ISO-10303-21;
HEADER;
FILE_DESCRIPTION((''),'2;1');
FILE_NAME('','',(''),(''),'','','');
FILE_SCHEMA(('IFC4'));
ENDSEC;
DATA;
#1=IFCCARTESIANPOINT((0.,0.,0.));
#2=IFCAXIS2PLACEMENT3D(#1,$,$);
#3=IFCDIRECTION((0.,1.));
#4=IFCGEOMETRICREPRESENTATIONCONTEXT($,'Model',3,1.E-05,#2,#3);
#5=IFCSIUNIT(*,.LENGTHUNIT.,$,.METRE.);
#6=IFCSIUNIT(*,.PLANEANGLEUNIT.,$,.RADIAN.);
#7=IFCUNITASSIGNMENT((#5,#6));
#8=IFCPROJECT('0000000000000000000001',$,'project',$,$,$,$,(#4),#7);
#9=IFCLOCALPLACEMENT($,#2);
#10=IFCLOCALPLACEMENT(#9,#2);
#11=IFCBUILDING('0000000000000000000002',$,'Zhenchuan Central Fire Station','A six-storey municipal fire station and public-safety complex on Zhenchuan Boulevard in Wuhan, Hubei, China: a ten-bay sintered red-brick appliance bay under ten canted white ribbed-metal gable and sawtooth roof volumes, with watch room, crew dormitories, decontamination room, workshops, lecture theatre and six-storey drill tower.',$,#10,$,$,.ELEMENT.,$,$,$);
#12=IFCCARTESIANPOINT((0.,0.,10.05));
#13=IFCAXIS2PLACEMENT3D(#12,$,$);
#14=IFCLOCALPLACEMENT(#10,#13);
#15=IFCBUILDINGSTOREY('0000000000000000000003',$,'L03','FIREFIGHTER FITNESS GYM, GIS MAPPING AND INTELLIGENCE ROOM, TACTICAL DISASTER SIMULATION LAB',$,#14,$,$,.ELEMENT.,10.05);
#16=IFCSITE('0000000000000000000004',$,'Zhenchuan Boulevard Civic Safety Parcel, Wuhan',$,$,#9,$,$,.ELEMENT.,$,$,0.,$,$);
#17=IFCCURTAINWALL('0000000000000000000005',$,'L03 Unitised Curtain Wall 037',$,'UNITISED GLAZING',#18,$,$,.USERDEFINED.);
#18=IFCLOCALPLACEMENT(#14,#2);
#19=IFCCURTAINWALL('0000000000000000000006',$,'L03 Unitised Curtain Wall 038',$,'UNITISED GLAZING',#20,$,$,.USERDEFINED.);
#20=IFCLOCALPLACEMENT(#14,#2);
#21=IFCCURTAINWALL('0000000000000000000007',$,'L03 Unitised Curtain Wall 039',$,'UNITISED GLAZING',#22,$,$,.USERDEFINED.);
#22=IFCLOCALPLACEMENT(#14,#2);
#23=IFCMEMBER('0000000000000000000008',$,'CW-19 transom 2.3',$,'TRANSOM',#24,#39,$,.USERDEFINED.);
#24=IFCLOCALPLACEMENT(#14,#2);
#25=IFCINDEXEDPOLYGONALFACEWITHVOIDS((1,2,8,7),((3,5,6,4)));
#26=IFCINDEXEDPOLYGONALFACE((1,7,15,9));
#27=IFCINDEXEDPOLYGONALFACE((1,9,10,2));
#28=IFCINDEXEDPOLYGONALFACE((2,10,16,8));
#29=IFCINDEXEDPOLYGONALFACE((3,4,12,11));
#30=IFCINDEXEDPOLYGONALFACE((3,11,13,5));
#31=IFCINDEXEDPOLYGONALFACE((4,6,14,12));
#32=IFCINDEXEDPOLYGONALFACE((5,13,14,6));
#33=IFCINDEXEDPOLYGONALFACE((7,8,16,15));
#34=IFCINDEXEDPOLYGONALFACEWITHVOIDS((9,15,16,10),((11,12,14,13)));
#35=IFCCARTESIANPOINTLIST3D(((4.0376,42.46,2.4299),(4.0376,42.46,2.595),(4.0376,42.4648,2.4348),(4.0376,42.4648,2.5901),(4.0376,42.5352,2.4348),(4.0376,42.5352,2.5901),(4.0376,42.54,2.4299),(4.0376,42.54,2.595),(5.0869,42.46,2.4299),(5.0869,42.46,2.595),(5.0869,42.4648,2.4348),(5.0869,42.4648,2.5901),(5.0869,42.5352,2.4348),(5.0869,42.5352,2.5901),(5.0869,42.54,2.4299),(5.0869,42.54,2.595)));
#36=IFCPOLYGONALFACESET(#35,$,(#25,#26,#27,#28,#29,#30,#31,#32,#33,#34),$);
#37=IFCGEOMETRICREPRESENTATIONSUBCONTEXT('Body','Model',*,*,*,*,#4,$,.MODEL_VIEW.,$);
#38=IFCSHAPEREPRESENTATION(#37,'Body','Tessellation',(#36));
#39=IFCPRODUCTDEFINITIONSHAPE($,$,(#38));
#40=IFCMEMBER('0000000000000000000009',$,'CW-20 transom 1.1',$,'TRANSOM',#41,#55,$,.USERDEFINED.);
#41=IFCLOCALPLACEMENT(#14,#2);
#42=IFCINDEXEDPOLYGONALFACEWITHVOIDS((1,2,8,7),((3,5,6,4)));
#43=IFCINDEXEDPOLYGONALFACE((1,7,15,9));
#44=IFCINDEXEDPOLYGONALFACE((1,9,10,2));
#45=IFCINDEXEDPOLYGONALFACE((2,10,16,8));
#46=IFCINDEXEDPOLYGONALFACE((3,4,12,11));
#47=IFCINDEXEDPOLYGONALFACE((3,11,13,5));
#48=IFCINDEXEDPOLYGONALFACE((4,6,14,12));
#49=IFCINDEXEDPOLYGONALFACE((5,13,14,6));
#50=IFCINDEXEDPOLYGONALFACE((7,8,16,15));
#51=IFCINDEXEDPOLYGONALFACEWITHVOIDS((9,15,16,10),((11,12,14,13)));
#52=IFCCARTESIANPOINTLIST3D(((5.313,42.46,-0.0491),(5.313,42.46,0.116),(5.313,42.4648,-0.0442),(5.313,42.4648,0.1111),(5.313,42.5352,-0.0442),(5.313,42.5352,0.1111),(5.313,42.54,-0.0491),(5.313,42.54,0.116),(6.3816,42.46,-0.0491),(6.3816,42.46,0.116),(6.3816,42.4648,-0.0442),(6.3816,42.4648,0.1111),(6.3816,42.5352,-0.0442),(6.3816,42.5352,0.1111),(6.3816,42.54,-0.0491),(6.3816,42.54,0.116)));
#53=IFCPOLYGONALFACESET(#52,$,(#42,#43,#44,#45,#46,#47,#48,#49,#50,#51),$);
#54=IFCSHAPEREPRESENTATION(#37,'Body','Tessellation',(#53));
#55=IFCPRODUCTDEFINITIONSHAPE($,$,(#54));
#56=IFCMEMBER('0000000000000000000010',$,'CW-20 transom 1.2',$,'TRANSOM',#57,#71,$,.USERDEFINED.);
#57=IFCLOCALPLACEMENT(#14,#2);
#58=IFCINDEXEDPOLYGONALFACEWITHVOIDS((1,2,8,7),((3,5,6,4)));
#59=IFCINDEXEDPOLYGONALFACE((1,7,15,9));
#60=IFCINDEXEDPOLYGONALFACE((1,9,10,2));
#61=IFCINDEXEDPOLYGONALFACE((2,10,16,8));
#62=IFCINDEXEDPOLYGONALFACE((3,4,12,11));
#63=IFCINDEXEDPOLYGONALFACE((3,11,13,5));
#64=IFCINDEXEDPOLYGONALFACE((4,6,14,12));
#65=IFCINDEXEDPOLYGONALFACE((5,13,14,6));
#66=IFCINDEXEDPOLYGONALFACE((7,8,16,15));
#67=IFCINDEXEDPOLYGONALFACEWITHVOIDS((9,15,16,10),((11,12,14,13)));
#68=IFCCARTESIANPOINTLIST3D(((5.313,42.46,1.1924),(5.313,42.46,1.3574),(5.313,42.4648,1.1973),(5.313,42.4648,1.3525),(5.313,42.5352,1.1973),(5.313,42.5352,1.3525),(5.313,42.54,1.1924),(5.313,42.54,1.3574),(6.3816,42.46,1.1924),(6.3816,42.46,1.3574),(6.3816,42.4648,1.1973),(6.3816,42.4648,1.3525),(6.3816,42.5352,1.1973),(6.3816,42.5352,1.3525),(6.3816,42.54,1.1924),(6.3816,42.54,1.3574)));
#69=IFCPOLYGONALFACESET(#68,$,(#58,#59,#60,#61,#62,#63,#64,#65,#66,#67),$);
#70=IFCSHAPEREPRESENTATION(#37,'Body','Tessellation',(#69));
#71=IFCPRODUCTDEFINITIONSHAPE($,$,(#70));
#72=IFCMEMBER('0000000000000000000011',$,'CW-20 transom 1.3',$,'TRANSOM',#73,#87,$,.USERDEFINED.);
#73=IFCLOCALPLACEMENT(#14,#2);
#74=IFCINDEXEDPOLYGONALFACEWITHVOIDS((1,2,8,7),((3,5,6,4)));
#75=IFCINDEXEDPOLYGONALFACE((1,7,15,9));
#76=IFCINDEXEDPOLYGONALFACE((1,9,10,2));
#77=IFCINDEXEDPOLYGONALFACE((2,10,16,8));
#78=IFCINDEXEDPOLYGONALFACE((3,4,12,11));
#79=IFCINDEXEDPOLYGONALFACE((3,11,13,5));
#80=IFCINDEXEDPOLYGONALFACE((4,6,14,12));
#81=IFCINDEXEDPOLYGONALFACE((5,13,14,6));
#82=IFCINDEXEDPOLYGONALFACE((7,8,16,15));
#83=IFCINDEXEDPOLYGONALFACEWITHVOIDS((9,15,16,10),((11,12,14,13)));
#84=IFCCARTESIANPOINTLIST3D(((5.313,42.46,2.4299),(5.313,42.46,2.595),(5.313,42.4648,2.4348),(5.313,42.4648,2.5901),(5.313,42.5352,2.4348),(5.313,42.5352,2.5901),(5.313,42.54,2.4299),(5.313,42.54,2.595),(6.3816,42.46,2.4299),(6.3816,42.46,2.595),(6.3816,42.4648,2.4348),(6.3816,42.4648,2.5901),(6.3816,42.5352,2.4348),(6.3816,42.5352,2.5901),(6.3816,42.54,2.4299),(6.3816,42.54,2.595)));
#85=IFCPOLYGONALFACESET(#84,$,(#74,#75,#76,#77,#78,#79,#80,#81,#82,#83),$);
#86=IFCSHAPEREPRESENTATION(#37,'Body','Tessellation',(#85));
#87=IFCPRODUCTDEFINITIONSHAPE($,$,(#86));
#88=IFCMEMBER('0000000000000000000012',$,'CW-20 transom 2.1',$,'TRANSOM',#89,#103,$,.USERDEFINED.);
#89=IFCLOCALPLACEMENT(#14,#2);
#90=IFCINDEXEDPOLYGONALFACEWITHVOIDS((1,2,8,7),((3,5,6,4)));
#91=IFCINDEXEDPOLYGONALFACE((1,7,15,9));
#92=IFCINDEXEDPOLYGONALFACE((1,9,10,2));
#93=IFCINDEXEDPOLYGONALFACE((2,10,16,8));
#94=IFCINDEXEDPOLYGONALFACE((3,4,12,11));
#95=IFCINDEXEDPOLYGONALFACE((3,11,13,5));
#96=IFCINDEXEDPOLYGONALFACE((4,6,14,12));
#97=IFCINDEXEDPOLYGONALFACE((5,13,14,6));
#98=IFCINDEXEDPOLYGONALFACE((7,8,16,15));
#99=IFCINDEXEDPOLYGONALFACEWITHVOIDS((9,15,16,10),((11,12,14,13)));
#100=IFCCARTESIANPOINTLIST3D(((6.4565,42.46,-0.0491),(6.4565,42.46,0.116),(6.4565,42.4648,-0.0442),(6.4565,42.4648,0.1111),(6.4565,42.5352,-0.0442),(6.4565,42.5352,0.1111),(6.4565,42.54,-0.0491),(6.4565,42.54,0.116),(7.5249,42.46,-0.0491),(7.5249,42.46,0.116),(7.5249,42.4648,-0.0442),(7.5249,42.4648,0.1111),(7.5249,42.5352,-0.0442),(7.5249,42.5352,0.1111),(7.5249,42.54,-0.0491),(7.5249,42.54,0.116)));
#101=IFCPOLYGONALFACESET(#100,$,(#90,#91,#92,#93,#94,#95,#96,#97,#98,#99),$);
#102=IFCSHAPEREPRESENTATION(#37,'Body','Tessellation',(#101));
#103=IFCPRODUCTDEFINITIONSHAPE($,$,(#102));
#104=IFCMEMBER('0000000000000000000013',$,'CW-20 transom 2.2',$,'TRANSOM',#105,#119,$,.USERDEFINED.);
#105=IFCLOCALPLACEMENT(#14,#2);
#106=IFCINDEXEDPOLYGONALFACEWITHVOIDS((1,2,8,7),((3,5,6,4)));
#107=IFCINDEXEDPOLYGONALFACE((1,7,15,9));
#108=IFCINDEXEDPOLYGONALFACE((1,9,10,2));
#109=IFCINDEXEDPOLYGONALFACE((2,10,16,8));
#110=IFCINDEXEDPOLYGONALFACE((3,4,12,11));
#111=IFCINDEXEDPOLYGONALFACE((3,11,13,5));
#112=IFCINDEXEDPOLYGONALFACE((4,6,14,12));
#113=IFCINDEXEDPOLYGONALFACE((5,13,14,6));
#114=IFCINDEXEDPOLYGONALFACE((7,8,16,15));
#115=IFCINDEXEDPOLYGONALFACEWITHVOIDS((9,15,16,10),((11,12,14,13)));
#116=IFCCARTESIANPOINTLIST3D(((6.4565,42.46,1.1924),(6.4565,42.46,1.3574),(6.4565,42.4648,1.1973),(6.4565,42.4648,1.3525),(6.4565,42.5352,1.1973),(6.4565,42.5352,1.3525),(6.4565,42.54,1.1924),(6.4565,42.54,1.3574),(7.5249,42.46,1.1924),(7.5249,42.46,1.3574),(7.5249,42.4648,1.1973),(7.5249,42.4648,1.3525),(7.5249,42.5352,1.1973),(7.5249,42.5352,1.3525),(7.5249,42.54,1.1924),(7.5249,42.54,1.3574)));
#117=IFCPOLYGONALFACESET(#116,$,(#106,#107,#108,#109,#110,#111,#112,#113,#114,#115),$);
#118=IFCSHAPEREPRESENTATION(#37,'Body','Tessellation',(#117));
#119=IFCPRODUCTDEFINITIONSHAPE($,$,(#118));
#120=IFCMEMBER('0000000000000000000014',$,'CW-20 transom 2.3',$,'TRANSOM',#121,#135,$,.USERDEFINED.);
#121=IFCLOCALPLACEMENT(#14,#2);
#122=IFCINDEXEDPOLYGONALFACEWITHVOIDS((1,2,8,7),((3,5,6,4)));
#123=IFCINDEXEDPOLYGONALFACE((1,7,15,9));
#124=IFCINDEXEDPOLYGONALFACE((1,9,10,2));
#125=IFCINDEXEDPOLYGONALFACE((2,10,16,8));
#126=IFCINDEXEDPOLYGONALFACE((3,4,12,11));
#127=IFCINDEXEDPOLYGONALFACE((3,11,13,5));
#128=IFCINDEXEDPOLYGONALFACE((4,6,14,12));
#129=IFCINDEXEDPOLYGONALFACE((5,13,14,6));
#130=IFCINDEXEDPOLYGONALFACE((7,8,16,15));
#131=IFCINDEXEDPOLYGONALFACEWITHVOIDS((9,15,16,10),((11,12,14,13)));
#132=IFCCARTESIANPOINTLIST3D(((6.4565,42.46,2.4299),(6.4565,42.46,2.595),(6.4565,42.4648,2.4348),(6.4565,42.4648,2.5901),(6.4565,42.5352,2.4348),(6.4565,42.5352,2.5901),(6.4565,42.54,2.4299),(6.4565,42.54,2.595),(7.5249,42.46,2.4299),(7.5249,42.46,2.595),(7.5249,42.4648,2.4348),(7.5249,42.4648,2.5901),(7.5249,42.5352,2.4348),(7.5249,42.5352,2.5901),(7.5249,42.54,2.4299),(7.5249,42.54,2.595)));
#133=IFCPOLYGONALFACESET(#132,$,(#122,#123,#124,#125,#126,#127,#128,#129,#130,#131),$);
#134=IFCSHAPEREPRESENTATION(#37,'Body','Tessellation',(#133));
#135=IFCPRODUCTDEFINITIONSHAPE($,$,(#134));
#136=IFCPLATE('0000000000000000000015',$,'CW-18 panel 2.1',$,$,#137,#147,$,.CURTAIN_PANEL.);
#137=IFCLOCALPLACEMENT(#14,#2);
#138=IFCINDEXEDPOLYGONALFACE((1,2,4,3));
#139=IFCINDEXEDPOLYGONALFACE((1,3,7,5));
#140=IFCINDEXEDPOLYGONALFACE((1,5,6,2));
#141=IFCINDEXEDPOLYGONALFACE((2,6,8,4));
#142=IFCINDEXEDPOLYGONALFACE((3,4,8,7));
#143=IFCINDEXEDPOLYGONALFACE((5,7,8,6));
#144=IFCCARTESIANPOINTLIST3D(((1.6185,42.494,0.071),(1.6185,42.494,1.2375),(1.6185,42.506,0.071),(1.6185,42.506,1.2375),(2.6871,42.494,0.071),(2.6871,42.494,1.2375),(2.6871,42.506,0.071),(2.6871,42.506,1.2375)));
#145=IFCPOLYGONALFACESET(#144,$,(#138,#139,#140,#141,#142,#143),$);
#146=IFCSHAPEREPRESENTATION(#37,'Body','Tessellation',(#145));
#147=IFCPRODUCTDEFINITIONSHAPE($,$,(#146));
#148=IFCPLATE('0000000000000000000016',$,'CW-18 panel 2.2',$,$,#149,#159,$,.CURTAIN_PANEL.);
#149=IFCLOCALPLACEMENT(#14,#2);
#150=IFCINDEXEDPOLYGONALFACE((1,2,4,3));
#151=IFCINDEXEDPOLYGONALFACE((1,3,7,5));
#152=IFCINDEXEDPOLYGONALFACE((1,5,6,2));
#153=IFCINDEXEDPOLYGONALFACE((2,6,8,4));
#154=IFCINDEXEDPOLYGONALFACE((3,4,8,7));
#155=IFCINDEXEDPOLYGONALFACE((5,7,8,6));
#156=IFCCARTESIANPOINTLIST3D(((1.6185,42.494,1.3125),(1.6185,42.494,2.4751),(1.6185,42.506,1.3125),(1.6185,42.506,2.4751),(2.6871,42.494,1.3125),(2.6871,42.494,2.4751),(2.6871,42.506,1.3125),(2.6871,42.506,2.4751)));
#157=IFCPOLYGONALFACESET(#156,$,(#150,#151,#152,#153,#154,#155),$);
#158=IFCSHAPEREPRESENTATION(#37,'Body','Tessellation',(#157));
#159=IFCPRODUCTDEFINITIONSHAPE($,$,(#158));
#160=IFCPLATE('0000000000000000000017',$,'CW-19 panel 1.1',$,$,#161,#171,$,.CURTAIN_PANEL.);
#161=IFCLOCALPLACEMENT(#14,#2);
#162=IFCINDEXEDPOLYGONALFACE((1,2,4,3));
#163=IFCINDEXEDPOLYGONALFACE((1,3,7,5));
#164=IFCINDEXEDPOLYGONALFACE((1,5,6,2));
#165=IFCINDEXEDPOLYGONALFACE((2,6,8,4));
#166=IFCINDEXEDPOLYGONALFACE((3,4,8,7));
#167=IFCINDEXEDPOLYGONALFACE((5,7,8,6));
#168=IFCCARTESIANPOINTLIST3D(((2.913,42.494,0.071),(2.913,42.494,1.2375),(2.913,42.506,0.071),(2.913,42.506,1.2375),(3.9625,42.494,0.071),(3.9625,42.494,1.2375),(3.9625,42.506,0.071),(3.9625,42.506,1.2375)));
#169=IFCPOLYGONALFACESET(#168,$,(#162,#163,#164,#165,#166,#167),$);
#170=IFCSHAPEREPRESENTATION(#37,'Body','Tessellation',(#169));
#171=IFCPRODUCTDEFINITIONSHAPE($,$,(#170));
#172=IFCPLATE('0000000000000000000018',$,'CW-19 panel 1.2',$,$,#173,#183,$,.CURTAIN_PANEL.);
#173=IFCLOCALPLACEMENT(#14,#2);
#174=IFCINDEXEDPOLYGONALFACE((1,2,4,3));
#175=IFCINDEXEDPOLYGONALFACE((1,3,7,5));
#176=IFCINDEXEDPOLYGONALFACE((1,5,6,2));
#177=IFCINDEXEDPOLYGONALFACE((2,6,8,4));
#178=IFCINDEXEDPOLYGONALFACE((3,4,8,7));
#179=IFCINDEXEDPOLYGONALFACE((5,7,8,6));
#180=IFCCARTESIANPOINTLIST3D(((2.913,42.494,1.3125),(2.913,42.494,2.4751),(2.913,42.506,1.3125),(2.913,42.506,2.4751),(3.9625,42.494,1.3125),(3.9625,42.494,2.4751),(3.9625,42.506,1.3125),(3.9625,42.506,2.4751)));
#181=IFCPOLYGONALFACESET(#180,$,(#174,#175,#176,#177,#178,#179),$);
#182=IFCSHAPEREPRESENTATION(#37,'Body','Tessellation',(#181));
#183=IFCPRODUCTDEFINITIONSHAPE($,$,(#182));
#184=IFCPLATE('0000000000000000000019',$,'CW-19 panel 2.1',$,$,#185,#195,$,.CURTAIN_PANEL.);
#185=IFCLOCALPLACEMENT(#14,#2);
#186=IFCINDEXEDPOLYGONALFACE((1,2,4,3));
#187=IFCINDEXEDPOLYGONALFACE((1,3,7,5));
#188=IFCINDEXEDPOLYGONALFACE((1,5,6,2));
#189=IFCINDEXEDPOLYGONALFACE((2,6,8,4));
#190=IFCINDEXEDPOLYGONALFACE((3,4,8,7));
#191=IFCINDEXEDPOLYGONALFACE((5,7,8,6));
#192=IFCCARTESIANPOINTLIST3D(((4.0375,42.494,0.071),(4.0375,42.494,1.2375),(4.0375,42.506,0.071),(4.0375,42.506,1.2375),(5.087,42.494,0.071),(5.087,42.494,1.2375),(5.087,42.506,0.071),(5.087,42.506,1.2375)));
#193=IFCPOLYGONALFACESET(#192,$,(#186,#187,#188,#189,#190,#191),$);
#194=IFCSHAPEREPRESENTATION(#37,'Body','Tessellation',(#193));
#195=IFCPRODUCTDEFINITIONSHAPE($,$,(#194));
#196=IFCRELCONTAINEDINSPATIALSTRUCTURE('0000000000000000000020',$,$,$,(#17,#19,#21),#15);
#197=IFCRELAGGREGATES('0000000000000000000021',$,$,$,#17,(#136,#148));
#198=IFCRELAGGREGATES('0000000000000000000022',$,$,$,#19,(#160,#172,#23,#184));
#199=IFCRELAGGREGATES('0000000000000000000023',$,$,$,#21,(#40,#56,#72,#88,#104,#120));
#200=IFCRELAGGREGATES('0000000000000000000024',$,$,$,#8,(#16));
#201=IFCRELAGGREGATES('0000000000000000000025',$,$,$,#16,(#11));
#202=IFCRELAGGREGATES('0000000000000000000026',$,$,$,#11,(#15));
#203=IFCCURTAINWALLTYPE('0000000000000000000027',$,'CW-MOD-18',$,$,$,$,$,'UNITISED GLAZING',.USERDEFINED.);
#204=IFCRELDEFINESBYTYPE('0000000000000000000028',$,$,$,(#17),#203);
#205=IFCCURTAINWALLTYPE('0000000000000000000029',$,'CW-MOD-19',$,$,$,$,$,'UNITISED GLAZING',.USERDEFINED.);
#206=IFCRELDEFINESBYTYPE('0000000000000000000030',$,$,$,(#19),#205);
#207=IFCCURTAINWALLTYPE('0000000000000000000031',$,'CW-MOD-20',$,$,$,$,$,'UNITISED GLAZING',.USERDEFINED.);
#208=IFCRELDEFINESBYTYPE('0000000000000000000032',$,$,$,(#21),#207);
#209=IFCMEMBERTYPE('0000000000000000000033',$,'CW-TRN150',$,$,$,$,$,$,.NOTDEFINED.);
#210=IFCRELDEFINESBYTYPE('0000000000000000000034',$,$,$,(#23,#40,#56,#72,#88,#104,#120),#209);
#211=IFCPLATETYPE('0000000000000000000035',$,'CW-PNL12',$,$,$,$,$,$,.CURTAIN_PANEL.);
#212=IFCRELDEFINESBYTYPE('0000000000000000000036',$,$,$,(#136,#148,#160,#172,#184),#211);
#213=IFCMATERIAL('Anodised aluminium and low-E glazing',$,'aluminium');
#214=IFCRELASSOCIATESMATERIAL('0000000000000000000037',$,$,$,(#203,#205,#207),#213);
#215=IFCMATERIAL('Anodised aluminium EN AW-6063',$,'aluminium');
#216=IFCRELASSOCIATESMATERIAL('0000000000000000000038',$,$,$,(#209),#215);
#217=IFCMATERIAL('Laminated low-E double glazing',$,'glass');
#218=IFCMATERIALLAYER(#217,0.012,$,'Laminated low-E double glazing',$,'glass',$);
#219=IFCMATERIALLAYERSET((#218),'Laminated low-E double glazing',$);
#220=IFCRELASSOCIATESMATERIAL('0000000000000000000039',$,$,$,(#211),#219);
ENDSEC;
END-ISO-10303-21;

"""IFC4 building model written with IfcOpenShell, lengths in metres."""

from ifc_helpers import new_model, si_unit, direction, frame, origin, origin_2d, place, context, subcontext, project, spatial, rectangle, hollow_rectangle, extrude, material, layer, layer_set, material_profile, profile_set, type_object, element, aggregate, save


model = new_model("IFC4")

# Units and contexts
model_context = context("Model", 3, precision=1e-05, world=origin(), true_north=direction((0.0, 1.0)))
body_context = subcontext(model_context, "Body", "Model", "MODEL_VIEW")
ifc_project = project(units=[si_unit("LENGTHUNIT", "METRE"), si_unit("PLANEANGLEUNIT", "RADIAN")], contexts=[model_context])

# Site, building, storey
site_placement = place(None, origin())
site = spatial("IfcSite", under=ifc_project, at=site_placement, Name="Zhenchuan Boulevard Civic Safety Parcel, Wuhan", CompositionType="ELEMENT", RefElevation=0.0)
building_placement = place(site_placement, origin())
building = spatial("IfcBuilding", under=site, at=building_placement, Name="Zhenchuan Central Fire Station", Description="A six-storey municipal fire station and public-safety complex on Zhenchuan Boulevard in Wuhan, Hubei, China: a ten-bay sintered red-brick appliance bay under ten canted white ribbed-metal gable and sawtooth roof volumes, with watch room, crew dormitories, decontamination room, workshops, lecture theatre and six-storey drill tower.", CompositionType="ELEMENT")
storey_placement = place(building_placement, frame((0.0, 0.0, 10.05)))
storey = spatial("IfcBuildingStorey", under=building, at=storey_placement, Name="L03", Description="FIREFIGHTER FITNESS GYM, GIS MAPPING AND INTELLIGENCE ROOM, TACTICAL DISASTER SIMULATION LAB", CompositionType="ELEMENT", Elevation=10.05)

# Curtain wall
ifc_material_1 = material(Name="Anodised aluminium and low-E glazing", Category="aluminium")
curtain_wall_type_1 = type_object("IfcCurtainWallType", Name="CW-MOD-18", ElementType="UNITISED GLAZING", PredefinedType="USERDEFINED", material=ifc_material_1)
curtain_wall_1_placement = place(storey_placement, origin())
curtain_wall_1 = element("IfcCurtainWall", 1, at=curtain_wall_1_placement, inside=storey, type_object=curtain_wall_type_1, Name="L03 Unitised Curtain Wall 037", ObjectType="UNITISED GLAZING", PredefinedType="USERDEFINED")
ifc_material_2 = material(Name="Anodised aluminium EN AW-6063", Category="aluminium")

# Curtain walls
curtain_wall_type_2 = type_object("IfcCurtainWallType", Name="CW-MOD-19", ElementType="UNITISED GLAZING", PredefinedType="USERDEFINED", material=ifc_material_1)
curtain_wall_2_placement = place(storey_placement, origin())
curtain_wall_2 = element("IfcCurtainWall", 2, at=curtain_wall_2_placement, inside=storey, type_object=curtain_wall_type_2, Name="L03 Unitised Curtain Wall 038", ObjectType="UNITISED GLAZING", PredefinedType="USERDEFINED")
curtain_wall_type_3 = type_object("IfcCurtainWallType", Name="CW-MOD-20", ElementType="UNITISED GLAZING", PredefinedType="USERDEFINED", material=ifc_material_1)
curtain_wall_3_placement = place(storey_placement, origin())
curtain_wall_3 = element("IfcCurtainWall", 3, at=curtain_wall_3_placement, inside=storey, type_object=curtain_wall_type_3, Name="L03 Unitised Curtain Wall 039", ObjectType="UNITISED GLAZING", PredefinedType="USERDEFINED")

# Members
ifc_material_profile_1 = material_profile(ifc_material_2, hollow_rectangle(XDim=0.0801, YDim=0.165, WallThickness=0.0049, at=origin_2d()), Name="ALU-T 165x80")
ifc_profile_set_1 = profile_set([ifc_material_profile_1], Name="Anodised aluminium EN AW-6063")
member_type_1 = type_object("IfcMemberType", Name="CW-TRN150", PredefinedType="NOTDEFINED", material=ifc_profile_set_1)
member_1_placement = place(storey_placement, frame((4.0376, 42.5, 2.5125), z_axis=(1.0, 0.0, 0.0), x_axis=(0.0, 1.0, 0.0)))
member_1 = element("IfcMember", 4, at=member_1_placement, type_object=member_type_1, Name="CW-19 transom 2.3", ObjectType="TRANSOM", PredefinedType="USERDEFINED", context=body_context, shape_type="SweptSolid", body=[
    extrude(hollow_rectangle(XDim=0.0801, YDim=0.165, WallThickness=0.0049, at=origin_2d()), origin(), (0.0, 0.0, 1.0), 1.0493),
])
member_2_placement = place(storey_placement, frame((5.313, 42.5, 0.0334), z_axis=(1.0, 0.0, 0.0), x_axis=(0.0, 1.0, 0.0)))
member_2 = element("IfcMember", 5, at=member_2_placement, type_object=member_type_1, Name="CW-20 transom 1.1", ObjectType="TRANSOM", PredefinedType="USERDEFINED", context=body_context, shape_type="SweptSolid", body=[
    extrude(hollow_rectangle(XDim=0.0801, YDim=0.165, WallThickness=0.0049, at=origin_2d()), origin(), (0.0, 0.0, 1.0), 1.0686),
])
member_3_placement = place(storey_placement, frame((5.313, 42.5, 1.2749), z_axis=(1.0, 0.0, 0.0), x_axis=(0.0, 1.0, 0.0)))
member_3 = element("IfcMember", 6, at=member_3_placement, type_object=member_type_1, Name="CW-20 transom 1.2", ObjectType="TRANSOM", PredefinedType="USERDEFINED", context=body_context, shape_type="SweptSolid", body=[
    extrude(hollow_rectangle(XDim=0.0801, YDim=0.165, WallThickness=0.0049, at=origin_2d()), origin(), (0.0, 0.0, 1.0), 1.0686),
])
member_4_placement = place(storey_placement, frame((5.313, 42.5, 2.5125), z_axis=(1.0, 0.0, 0.0), x_axis=(0.0, 1.0, 0.0)))
member_4 = element("IfcMember", 7, at=member_4_placement, type_object=member_type_1, Name="CW-20 transom 1.3", ObjectType="TRANSOM", PredefinedType="USERDEFINED", context=body_context, shape_type="SweptSolid", body=[
    extrude(hollow_rectangle(XDim=0.0801, YDim=0.165, WallThickness=0.0049, at=origin_2d()), origin(), (0.0, 0.0, 1.0), 1.0686),
])
member_5_placement = place(storey_placement, frame((6.4565, 42.5, 0.0334), z_axis=(1.0, 0.0, 0.0), x_axis=(0.0, 1.0, 0.0)))
member_5 = element("IfcMember", 8, at=member_5_placement, type_object=member_type_1, Name="CW-20 transom 2.1", ObjectType="TRANSOM", PredefinedType="USERDEFINED", context=body_context, shape_type="SweptSolid", body=[
    extrude(hollow_rectangle(XDim=0.0801, YDim=0.165, WallThickness=0.0049, at=origin_2d()), origin(), (0.0, 0.0, 1.0), 1.0684),
])
member_6_placement = place(storey_placement, frame((6.4565, 42.5, 1.2749), z_axis=(1.0, 0.0, 0.0), x_axis=(0.0, 1.0, 0.0)))
member_6 = element("IfcMember", 9, at=member_6_placement, type_object=member_type_1, Name="CW-20 transom 2.2", ObjectType="TRANSOM", PredefinedType="USERDEFINED", context=body_context, shape_type="SweptSolid", body=[
    extrude(hollow_rectangle(XDim=0.0801, YDim=0.165, WallThickness=0.0049, at=origin_2d()), origin(), (0.0, 0.0, 1.0), 1.0684),
])
member_7_placement = place(storey_placement, frame((6.4565, 42.5, 2.5125), z_axis=(1.0, 0.0, 0.0), x_axis=(0.0, 1.0, 0.0)))
member_7 = element("IfcMember", 10, at=member_7_placement, type_object=member_type_1, Name="CW-20 transom 2.3", ObjectType="TRANSOM", PredefinedType="USERDEFINED", context=body_context, shape_type="SweptSolid", body=[
    extrude(hollow_rectangle(XDim=0.0801, YDim=0.165, WallThickness=0.0049, at=origin_2d()), origin(), (0.0, 0.0, 1.0), 1.0684),
])

# Plates
ifc_material_3 = material(Name="Laminated low-E double glazing", Category="glass")
ifc_layer = layer(ifc_material_3, 0.012, Name="Laminated low-E double glazing", Category="glass")
ifc_layer_set = layer_set([ifc_layer], Name="Laminated low-E double glazing")
plate_type = type_object("IfcPlateType", Name="CW-PNL12", PredefinedType="CURTAIN_PANEL", material=ifc_layer_set)
plate_1_placement = place(storey_placement, frame((2.1528, 42.5, 0.071), z_axis=(0.0, 0.0, 1.0), x_axis=(1.0, 0.0, 0.0)))
plate_1 = element("IfcPlate", 11, at=plate_1_placement, type_object=plate_type, Name="CW-18 panel 2.1", PredefinedType="CURTAIN_PANEL", context=body_context, shape_type="SweptSolid", body=[
    extrude(rectangle(XDim=1.0686, YDim=0.012, at=origin_2d()), origin(), (0.0, 0.0, 1.0), 1.1665),
])
plate_2_placement = place(storey_placement, frame((2.1528, 42.5, 1.3125), z_axis=(0.0, 0.0, 1.0), x_axis=(1.0, 0.0, 0.0)))
plate_2 = element("IfcPlate", 12, at=plate_2_placement, type_object=plate_type, Name="CW-18 panel 2.2", PredefinedType="CURTAIN_PANEL", context=body_context, shape_type="SweptSolid", body=[
    extrude(rectangle(XDim=1.0686, YDim=0.012, at=origin_2d()), origin(), (0.0, 0.0, 1.0), 1.1626),
])
aggregate(curtain_wall_1, [plate_1, plate_2])
plate_3_placement = place(storey_placement, frame((3.4377, 42.5, 0.071), z_axis=(0.0, 0.0, 1.0), x_axis=(1.0, 0.0, 0.0)))
plate_3 = element("IfcPlate", 13, at=plate_3_placement, type_object=plate_type, Name="CW-19 panel 1.1", PredefinedType="CURTAIN_PANEL", context=body_context, shape_type="SweptSolid", body=[
    extrude(rectangle(XDim=1.0496, YDim=0.012, at=origin_2d()), origin(), (0.0, 0.0, 1.0), 1.1665),
])
plate_4_placement = place(storey_placement, frame((3.4377, 42.5, 1.3125), z_axis=(0.0, 0.0, 1.0), x_axis=(1.0, 0.0, 0.0)))
plate_4 = element("IfcPlate", 14, at=plate_4_placement, type_object=plate_type, Name="CW-19 panel 1.2", PredefinedType="CURTAIN_PANEL", context=body_context, shape_type="SweptSolid", body=[
    extrude(rectangle(XDim=1.0496, YDim=0.012, at=origin_2d()), origin(), (0.0, 0.0, 1.0), 1.1626),
])
plate_5_placement = place(storey_placement, frame((4.5623, 42.5, 0.071), z_axis=(0.0, 0.0, 1.0), x_axis=(1.0, 0.0, 0.0)))
plate_5 = element("IfcPlate", 15, at=plate_5_placement, type_object=plate_type, Name="CW-19 panel 2.1", PredefinedType="CURTAIN_PANEL", context=body_context, shape_type="SweptSolid", body=[
    extrude(rectangle(XDim=1.0496, YDim=0.012, at=origin_2d()), origin(), (0.0, 0.0, 1.0), 1.1665),
])
aggregate(curtain_wall_2, [plate_3, plate_4, member_1, plate_5])
aggregate(curtain_wall_3, [member_2, member_3, member_4, member_5, member_6, member_7])

save(model, "model.ifc")
